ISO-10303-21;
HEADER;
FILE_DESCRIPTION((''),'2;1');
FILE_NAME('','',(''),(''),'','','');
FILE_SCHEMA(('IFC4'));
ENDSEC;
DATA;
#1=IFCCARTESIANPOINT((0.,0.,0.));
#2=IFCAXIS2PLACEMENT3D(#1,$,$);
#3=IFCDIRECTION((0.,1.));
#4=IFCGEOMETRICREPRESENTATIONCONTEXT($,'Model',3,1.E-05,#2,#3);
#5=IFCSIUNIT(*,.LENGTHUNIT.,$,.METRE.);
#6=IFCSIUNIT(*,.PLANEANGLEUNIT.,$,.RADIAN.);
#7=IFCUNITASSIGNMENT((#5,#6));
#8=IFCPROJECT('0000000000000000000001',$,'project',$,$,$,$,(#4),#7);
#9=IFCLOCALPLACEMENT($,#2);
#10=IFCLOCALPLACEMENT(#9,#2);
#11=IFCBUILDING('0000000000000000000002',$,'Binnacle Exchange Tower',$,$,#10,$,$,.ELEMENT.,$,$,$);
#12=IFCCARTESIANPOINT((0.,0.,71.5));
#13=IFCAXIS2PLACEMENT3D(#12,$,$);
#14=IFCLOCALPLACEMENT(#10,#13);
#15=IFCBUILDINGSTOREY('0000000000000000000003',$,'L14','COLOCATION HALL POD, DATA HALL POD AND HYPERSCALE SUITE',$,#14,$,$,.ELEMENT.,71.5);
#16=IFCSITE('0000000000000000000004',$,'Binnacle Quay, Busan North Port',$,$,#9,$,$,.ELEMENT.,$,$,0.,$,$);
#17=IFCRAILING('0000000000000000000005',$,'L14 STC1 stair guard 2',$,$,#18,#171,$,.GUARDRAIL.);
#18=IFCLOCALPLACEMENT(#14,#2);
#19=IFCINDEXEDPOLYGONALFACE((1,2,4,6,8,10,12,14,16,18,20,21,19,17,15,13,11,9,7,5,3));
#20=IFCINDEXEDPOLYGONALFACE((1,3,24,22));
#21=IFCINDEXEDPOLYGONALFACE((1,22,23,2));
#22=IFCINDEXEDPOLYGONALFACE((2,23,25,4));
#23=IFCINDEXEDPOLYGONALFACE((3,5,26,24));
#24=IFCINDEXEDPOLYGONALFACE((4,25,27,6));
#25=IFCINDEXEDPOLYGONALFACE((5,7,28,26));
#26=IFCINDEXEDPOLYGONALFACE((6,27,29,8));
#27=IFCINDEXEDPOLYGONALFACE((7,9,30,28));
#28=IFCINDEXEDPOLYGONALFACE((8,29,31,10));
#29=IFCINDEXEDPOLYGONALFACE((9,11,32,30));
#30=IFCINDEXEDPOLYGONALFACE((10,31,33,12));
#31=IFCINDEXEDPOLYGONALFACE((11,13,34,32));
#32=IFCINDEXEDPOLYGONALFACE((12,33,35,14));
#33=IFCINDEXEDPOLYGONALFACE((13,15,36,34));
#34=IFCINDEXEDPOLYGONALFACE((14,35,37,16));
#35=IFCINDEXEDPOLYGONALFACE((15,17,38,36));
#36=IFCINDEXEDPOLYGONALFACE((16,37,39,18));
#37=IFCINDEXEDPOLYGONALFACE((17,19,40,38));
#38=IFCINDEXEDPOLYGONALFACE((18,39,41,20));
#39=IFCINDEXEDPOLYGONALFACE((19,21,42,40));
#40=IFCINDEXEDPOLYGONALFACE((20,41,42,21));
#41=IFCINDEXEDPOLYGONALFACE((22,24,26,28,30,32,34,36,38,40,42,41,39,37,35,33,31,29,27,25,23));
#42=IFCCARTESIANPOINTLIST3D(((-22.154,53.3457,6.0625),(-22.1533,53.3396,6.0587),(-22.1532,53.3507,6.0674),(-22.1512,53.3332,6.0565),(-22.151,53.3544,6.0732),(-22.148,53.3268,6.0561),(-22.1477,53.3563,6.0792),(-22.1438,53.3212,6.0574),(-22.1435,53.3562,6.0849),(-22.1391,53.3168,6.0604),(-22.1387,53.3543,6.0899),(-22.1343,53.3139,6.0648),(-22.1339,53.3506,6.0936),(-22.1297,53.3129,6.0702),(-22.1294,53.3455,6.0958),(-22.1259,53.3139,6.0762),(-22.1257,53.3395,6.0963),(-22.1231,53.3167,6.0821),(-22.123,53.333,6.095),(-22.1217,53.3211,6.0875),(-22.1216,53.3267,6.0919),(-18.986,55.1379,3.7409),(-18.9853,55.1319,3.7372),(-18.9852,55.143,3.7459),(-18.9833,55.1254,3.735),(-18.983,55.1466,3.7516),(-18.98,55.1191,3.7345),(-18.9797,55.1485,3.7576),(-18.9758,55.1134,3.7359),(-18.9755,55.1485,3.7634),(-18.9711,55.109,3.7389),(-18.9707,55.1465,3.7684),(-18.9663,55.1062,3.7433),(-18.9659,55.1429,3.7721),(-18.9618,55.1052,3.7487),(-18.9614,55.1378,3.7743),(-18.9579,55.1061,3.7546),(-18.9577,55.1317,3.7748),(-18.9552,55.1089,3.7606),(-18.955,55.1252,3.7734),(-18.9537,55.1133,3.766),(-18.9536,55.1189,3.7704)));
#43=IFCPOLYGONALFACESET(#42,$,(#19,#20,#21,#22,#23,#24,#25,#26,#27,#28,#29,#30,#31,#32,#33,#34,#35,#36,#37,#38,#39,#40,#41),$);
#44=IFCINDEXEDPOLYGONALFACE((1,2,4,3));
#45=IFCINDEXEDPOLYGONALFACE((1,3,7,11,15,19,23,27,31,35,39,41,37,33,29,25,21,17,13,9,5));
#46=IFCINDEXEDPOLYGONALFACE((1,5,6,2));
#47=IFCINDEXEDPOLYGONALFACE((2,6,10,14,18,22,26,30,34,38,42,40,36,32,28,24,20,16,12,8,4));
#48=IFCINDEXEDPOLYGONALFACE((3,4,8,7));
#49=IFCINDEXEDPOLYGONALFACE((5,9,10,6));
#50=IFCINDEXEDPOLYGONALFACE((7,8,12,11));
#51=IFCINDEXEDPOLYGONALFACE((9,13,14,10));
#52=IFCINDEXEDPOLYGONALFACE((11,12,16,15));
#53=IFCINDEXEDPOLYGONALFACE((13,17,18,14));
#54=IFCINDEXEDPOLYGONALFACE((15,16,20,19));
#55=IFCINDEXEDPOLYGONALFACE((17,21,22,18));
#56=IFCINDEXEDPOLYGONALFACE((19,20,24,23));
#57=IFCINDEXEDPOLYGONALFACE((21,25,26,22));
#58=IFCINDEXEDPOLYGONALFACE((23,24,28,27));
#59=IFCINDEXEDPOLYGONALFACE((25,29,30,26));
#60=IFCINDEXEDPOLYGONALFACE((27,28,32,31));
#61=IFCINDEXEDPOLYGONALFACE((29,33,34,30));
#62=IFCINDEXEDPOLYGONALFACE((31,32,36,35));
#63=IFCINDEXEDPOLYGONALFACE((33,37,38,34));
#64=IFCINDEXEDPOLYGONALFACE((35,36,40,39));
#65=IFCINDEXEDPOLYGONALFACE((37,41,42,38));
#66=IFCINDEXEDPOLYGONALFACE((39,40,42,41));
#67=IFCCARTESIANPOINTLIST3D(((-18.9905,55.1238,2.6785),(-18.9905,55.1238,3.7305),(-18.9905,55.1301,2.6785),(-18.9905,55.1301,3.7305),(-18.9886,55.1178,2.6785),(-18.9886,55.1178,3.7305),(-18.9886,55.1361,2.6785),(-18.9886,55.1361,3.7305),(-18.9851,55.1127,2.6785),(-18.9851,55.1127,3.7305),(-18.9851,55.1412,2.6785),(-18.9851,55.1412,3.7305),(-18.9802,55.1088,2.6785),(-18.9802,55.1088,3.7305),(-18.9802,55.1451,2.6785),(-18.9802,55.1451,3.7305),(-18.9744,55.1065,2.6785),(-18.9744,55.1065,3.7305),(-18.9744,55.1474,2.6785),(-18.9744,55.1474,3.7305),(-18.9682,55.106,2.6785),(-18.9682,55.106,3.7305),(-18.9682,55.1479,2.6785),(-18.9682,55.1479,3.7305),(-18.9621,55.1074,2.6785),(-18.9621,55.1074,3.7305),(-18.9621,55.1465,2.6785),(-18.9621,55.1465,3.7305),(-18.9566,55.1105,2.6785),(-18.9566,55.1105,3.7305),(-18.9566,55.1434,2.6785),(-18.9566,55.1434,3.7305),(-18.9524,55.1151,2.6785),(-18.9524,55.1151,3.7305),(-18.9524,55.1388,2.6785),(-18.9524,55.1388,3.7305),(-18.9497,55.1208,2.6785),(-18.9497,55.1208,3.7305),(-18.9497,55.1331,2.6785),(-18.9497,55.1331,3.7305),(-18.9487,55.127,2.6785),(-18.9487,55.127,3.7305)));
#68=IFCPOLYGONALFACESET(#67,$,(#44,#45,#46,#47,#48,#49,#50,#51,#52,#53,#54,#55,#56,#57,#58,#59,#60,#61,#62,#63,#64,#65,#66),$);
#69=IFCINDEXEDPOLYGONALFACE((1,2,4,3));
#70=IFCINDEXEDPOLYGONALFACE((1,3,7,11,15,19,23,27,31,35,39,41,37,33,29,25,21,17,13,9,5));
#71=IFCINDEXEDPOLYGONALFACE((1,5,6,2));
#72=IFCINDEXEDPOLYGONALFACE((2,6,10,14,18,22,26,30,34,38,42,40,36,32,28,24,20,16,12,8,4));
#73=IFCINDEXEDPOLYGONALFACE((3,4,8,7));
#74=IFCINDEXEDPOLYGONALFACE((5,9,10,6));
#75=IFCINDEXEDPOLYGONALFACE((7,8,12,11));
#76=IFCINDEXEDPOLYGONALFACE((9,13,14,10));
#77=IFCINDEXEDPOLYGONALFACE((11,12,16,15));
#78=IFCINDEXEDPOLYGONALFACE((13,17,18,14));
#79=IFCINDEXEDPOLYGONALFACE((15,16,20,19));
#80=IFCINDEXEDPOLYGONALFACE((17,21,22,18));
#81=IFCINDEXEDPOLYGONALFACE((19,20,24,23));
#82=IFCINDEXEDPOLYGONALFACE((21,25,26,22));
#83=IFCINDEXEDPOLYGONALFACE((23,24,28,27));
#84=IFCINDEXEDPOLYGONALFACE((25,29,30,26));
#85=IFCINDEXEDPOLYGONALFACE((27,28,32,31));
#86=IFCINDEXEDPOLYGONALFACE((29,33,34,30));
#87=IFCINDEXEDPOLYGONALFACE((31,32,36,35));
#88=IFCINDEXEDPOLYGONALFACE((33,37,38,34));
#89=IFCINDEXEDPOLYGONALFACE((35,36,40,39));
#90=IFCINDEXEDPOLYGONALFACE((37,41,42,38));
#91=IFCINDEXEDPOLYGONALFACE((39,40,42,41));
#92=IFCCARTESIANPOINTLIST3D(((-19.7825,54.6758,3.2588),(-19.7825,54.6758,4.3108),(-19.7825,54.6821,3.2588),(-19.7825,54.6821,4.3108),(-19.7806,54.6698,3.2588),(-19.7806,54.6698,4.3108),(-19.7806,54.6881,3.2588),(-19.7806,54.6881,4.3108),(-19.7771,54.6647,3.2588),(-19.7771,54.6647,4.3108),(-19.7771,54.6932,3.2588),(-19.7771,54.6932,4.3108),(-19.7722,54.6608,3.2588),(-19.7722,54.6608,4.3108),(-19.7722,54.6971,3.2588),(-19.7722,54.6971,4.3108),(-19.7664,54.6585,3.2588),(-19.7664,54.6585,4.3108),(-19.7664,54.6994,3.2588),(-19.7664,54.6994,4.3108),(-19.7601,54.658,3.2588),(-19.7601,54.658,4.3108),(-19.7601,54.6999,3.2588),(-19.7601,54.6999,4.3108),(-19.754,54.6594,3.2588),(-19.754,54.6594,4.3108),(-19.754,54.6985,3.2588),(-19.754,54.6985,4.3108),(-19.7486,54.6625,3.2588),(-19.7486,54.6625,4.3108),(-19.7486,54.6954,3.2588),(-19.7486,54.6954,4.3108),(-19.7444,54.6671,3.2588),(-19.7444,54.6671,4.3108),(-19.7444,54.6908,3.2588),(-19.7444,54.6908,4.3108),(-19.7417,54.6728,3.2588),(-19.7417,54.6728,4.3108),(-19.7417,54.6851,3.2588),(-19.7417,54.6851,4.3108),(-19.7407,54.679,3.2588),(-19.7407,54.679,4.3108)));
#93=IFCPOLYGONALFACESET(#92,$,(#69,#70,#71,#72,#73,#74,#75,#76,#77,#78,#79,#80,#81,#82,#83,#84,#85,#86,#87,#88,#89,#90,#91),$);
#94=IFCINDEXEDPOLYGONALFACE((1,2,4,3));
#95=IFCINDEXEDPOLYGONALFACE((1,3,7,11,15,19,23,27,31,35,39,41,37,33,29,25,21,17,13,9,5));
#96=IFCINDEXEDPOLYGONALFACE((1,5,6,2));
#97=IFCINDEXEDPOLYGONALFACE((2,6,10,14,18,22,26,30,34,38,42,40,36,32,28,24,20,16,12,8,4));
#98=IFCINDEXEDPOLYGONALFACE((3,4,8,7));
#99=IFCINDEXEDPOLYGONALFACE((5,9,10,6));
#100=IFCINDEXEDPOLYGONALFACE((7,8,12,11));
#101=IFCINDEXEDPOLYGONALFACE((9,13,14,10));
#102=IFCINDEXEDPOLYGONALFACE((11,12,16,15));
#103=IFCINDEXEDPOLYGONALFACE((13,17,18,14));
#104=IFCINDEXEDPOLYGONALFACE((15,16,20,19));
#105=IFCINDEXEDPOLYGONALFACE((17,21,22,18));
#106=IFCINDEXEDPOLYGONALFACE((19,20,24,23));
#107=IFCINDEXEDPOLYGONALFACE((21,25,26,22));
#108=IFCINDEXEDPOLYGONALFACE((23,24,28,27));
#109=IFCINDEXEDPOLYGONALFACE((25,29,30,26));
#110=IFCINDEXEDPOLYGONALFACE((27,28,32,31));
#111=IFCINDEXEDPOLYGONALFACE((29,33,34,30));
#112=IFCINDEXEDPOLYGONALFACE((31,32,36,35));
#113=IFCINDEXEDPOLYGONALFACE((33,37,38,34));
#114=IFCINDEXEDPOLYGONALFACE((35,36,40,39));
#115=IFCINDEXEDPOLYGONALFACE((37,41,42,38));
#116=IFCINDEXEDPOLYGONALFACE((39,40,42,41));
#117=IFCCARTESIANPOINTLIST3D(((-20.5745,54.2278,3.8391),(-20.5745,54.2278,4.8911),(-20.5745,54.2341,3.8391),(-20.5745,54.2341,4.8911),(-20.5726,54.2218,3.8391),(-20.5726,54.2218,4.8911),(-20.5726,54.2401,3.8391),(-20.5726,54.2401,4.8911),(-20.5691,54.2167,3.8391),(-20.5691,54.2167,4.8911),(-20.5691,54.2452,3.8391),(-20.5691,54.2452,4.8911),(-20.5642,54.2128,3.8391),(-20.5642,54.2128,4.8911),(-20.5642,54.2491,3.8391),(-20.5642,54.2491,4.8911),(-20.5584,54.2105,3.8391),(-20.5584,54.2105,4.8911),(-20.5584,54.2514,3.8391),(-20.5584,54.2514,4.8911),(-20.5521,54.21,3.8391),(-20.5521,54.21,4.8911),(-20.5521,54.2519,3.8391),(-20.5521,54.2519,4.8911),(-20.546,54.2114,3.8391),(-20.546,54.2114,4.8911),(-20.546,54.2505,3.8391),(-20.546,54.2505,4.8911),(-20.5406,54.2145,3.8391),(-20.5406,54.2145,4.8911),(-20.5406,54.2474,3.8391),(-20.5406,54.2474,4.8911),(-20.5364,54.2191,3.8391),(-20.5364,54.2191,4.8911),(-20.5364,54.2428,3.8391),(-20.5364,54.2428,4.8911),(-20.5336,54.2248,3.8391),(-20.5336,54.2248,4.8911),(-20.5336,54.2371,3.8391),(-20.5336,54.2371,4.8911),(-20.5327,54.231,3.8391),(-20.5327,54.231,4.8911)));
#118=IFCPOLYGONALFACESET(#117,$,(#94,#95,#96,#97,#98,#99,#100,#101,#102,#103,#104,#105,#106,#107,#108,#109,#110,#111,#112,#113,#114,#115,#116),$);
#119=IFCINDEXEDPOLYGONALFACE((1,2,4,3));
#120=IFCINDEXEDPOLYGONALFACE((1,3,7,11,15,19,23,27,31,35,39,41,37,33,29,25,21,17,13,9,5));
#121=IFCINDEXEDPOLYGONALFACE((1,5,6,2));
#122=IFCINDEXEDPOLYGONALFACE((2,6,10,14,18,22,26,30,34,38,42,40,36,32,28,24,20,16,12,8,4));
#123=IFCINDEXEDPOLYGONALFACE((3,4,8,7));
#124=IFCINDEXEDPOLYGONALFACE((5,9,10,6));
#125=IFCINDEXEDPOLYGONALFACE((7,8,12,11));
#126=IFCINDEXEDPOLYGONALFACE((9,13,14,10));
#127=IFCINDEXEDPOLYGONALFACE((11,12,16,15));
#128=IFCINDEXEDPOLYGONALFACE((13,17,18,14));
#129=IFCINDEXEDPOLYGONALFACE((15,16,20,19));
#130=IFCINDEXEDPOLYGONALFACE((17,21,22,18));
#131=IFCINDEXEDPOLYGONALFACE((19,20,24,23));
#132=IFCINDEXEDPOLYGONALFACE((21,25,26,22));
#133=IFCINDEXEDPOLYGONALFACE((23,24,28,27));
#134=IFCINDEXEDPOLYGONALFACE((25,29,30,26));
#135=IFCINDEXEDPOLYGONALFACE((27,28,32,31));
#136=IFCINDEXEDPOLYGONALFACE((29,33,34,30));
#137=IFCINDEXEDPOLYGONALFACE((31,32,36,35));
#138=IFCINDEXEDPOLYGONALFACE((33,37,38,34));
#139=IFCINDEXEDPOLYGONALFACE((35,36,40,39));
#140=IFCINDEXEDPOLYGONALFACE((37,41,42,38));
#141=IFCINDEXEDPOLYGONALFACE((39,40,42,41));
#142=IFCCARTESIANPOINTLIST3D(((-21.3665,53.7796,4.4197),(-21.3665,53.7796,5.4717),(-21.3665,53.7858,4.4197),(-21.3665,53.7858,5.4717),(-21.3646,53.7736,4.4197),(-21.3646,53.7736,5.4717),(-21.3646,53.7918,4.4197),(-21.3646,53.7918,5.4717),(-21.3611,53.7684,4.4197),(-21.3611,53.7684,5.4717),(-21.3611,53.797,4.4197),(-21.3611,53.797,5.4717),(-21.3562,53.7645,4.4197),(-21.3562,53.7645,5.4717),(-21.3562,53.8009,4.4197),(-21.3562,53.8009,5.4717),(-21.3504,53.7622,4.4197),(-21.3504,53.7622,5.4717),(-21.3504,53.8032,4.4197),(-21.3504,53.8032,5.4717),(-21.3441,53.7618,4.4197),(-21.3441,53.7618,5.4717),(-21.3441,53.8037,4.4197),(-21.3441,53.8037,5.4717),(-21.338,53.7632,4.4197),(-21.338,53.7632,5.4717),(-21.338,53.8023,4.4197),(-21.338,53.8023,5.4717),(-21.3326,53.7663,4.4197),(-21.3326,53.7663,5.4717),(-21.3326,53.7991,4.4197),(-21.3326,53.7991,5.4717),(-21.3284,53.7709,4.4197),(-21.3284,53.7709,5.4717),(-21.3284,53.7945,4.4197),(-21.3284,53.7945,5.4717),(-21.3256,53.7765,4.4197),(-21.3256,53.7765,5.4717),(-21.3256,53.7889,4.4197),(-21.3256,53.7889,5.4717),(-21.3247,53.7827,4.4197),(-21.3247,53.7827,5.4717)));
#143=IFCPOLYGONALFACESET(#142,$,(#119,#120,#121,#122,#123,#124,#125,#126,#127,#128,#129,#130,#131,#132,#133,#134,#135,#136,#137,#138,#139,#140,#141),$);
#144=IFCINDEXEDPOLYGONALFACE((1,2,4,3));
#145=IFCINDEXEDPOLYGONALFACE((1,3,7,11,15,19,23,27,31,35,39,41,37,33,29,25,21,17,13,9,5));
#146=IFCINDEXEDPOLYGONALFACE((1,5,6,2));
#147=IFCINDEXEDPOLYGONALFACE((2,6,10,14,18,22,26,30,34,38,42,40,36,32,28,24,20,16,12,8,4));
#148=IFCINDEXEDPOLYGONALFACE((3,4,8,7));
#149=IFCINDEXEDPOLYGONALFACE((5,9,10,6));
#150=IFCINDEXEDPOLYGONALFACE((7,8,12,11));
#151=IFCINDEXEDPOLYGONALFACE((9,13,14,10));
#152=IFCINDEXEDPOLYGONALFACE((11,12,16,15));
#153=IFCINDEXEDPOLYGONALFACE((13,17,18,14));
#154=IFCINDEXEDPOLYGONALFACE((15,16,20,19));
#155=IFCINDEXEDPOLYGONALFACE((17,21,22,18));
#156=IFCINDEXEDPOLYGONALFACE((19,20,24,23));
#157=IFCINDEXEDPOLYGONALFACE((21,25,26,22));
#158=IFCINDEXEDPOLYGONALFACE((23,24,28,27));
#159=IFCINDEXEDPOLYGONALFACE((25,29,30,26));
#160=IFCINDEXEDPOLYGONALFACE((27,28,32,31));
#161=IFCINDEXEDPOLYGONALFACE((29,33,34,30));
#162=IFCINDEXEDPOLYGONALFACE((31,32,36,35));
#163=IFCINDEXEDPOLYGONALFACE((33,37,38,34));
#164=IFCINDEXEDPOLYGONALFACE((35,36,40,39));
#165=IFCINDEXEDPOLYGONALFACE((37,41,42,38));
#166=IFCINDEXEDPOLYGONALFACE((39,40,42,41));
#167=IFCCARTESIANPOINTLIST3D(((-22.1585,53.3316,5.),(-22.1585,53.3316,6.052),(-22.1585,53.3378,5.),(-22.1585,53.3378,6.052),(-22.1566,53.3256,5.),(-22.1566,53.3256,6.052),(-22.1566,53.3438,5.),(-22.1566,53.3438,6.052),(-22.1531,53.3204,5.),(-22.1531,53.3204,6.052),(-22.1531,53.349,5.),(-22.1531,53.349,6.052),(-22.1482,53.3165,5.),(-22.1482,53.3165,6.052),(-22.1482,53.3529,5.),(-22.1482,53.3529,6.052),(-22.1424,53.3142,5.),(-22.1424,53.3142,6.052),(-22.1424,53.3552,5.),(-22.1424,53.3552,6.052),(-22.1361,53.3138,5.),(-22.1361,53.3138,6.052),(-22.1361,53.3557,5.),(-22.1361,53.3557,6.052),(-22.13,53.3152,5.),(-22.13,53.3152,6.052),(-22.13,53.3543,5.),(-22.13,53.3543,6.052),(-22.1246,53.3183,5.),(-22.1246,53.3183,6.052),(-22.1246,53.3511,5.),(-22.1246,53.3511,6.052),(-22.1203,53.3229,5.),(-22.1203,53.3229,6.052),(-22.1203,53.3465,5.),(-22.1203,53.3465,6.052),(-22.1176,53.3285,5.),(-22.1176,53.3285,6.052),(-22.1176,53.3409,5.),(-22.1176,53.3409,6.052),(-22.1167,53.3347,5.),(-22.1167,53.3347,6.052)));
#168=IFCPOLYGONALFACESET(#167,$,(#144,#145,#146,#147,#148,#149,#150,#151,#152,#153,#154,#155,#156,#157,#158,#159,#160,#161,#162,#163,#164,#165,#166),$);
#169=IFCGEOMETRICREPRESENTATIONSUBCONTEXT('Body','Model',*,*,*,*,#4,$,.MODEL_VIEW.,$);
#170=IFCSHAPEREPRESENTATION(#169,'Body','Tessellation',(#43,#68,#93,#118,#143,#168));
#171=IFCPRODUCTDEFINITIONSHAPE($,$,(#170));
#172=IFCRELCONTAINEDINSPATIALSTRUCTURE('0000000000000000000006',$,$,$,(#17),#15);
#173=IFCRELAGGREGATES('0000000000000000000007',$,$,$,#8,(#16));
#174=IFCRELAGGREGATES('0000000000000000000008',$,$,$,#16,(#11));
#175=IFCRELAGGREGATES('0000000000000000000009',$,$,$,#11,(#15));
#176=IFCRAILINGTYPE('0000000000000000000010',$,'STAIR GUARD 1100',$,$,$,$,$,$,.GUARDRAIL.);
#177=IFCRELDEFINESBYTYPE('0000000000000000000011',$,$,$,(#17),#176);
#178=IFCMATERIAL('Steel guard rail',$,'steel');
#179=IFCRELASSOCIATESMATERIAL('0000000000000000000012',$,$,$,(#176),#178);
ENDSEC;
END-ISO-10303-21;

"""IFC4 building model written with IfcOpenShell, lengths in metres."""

from ifc_helpers import new_model, si_unit, direction, frame, origin, origin_2d, place, context, subcontext, project, spatial, circle, extrude, material, type_object, element, save


model = new_model("IFC4")

# Units and contexts
model_context = context("Model", 3, precision=1e-05, world=origin(), true_north=direction((0.0, 1.0)))
body_context = subcontext(model_context, "Body", "Model", "MODEL_VIEW")
ifc_project = project(units=[si_unit("LENGTHUNIT", "METRE"), si_unit("PLANEANGLEUNIT", "RADIAN")], contexts=[model_context])

# Site, building, storey
site_placement = place(None, origin())
site = spatial("IfcSite", under=ifc_project, at=site_placement, Name="Binnacle Quay, Busan North Port", CompositionType="ELEMENT", RefElevation=0.0)
building_placement = place(site_placement, origin())
building = spatial("IfcBuilding", under=site, at=building_placement, Name="Binnacle Exchange Tower", CompositionType="ELEMENT")
storey_placement = place(building_placement, frame((0.0, 0.0, 71.5)))
storey = spatial("IfcBuildingStorey", under=building, at=storey_placement, Name="L14", Description="COLOCATION HALL POD, DATA HALL POD AND HYPERSCALE SUITE", CompositionType="ELEMENT", Elevation=71.5)

# Railing
ifc_material_1 = material(Name="Steel guard rail", Category="steel")
railing_type_1 = type_object("IfcRailingType", Name="STAIR GUARD 1100", PredefinedType="GUARDRAIL", material=ifc_material_1)
railing_1_placement = place(storey_placement, frame((-18.9697, 55.127, 2.6785)))
element("IfcRailing", 1, at=railing_1_placement, inside=storey, type_object=railing_type_1, Name="L14 STC1 stair guard 2", PredefinedType="GUARDRAIL", context=body_context, shape_type="SweptSolid", body=[
    extrude(circle(Radius=0.0239, at=origin_2d()), frame((0.0, 0.0, 1.0762), z_axis=(-0.733813, -0.415145, 0.537749), x_axis=(0.4924, -0.870369, 0.0)), (0.0, 0.0, 1.0), 4.3171),
    extrude(circle(Radius=0.021, at=origin_2d()), origin(), (0.0, 0.0, 1.0), 1.052),
    extrude(circle(Radius=0.021, at=origin_2d()), frame((-0.792, -0.448, 0.5803)), (0.0, 0.0, 1.0), 1.052),
    extrude(circle(Radius=0.021, at=origin_2d()), frame((-1.584, -0.896, 1.1606)), (0.0, 0.0, 1.0), 1.052),
    extrude(circle(Radius=0.021, at=origin_2d()), frame((-2.376, -1.3442, 1.7412)), (0.0, 0.0, 1.0), 1.052),
    extrude(circle(Radius=0.021, at=origin_2d()), frame((-3.168, -1.7922, 2.3215)), (0.0, 0.0, 1.0), 1.052),
])

save(model, "model.ifc")
